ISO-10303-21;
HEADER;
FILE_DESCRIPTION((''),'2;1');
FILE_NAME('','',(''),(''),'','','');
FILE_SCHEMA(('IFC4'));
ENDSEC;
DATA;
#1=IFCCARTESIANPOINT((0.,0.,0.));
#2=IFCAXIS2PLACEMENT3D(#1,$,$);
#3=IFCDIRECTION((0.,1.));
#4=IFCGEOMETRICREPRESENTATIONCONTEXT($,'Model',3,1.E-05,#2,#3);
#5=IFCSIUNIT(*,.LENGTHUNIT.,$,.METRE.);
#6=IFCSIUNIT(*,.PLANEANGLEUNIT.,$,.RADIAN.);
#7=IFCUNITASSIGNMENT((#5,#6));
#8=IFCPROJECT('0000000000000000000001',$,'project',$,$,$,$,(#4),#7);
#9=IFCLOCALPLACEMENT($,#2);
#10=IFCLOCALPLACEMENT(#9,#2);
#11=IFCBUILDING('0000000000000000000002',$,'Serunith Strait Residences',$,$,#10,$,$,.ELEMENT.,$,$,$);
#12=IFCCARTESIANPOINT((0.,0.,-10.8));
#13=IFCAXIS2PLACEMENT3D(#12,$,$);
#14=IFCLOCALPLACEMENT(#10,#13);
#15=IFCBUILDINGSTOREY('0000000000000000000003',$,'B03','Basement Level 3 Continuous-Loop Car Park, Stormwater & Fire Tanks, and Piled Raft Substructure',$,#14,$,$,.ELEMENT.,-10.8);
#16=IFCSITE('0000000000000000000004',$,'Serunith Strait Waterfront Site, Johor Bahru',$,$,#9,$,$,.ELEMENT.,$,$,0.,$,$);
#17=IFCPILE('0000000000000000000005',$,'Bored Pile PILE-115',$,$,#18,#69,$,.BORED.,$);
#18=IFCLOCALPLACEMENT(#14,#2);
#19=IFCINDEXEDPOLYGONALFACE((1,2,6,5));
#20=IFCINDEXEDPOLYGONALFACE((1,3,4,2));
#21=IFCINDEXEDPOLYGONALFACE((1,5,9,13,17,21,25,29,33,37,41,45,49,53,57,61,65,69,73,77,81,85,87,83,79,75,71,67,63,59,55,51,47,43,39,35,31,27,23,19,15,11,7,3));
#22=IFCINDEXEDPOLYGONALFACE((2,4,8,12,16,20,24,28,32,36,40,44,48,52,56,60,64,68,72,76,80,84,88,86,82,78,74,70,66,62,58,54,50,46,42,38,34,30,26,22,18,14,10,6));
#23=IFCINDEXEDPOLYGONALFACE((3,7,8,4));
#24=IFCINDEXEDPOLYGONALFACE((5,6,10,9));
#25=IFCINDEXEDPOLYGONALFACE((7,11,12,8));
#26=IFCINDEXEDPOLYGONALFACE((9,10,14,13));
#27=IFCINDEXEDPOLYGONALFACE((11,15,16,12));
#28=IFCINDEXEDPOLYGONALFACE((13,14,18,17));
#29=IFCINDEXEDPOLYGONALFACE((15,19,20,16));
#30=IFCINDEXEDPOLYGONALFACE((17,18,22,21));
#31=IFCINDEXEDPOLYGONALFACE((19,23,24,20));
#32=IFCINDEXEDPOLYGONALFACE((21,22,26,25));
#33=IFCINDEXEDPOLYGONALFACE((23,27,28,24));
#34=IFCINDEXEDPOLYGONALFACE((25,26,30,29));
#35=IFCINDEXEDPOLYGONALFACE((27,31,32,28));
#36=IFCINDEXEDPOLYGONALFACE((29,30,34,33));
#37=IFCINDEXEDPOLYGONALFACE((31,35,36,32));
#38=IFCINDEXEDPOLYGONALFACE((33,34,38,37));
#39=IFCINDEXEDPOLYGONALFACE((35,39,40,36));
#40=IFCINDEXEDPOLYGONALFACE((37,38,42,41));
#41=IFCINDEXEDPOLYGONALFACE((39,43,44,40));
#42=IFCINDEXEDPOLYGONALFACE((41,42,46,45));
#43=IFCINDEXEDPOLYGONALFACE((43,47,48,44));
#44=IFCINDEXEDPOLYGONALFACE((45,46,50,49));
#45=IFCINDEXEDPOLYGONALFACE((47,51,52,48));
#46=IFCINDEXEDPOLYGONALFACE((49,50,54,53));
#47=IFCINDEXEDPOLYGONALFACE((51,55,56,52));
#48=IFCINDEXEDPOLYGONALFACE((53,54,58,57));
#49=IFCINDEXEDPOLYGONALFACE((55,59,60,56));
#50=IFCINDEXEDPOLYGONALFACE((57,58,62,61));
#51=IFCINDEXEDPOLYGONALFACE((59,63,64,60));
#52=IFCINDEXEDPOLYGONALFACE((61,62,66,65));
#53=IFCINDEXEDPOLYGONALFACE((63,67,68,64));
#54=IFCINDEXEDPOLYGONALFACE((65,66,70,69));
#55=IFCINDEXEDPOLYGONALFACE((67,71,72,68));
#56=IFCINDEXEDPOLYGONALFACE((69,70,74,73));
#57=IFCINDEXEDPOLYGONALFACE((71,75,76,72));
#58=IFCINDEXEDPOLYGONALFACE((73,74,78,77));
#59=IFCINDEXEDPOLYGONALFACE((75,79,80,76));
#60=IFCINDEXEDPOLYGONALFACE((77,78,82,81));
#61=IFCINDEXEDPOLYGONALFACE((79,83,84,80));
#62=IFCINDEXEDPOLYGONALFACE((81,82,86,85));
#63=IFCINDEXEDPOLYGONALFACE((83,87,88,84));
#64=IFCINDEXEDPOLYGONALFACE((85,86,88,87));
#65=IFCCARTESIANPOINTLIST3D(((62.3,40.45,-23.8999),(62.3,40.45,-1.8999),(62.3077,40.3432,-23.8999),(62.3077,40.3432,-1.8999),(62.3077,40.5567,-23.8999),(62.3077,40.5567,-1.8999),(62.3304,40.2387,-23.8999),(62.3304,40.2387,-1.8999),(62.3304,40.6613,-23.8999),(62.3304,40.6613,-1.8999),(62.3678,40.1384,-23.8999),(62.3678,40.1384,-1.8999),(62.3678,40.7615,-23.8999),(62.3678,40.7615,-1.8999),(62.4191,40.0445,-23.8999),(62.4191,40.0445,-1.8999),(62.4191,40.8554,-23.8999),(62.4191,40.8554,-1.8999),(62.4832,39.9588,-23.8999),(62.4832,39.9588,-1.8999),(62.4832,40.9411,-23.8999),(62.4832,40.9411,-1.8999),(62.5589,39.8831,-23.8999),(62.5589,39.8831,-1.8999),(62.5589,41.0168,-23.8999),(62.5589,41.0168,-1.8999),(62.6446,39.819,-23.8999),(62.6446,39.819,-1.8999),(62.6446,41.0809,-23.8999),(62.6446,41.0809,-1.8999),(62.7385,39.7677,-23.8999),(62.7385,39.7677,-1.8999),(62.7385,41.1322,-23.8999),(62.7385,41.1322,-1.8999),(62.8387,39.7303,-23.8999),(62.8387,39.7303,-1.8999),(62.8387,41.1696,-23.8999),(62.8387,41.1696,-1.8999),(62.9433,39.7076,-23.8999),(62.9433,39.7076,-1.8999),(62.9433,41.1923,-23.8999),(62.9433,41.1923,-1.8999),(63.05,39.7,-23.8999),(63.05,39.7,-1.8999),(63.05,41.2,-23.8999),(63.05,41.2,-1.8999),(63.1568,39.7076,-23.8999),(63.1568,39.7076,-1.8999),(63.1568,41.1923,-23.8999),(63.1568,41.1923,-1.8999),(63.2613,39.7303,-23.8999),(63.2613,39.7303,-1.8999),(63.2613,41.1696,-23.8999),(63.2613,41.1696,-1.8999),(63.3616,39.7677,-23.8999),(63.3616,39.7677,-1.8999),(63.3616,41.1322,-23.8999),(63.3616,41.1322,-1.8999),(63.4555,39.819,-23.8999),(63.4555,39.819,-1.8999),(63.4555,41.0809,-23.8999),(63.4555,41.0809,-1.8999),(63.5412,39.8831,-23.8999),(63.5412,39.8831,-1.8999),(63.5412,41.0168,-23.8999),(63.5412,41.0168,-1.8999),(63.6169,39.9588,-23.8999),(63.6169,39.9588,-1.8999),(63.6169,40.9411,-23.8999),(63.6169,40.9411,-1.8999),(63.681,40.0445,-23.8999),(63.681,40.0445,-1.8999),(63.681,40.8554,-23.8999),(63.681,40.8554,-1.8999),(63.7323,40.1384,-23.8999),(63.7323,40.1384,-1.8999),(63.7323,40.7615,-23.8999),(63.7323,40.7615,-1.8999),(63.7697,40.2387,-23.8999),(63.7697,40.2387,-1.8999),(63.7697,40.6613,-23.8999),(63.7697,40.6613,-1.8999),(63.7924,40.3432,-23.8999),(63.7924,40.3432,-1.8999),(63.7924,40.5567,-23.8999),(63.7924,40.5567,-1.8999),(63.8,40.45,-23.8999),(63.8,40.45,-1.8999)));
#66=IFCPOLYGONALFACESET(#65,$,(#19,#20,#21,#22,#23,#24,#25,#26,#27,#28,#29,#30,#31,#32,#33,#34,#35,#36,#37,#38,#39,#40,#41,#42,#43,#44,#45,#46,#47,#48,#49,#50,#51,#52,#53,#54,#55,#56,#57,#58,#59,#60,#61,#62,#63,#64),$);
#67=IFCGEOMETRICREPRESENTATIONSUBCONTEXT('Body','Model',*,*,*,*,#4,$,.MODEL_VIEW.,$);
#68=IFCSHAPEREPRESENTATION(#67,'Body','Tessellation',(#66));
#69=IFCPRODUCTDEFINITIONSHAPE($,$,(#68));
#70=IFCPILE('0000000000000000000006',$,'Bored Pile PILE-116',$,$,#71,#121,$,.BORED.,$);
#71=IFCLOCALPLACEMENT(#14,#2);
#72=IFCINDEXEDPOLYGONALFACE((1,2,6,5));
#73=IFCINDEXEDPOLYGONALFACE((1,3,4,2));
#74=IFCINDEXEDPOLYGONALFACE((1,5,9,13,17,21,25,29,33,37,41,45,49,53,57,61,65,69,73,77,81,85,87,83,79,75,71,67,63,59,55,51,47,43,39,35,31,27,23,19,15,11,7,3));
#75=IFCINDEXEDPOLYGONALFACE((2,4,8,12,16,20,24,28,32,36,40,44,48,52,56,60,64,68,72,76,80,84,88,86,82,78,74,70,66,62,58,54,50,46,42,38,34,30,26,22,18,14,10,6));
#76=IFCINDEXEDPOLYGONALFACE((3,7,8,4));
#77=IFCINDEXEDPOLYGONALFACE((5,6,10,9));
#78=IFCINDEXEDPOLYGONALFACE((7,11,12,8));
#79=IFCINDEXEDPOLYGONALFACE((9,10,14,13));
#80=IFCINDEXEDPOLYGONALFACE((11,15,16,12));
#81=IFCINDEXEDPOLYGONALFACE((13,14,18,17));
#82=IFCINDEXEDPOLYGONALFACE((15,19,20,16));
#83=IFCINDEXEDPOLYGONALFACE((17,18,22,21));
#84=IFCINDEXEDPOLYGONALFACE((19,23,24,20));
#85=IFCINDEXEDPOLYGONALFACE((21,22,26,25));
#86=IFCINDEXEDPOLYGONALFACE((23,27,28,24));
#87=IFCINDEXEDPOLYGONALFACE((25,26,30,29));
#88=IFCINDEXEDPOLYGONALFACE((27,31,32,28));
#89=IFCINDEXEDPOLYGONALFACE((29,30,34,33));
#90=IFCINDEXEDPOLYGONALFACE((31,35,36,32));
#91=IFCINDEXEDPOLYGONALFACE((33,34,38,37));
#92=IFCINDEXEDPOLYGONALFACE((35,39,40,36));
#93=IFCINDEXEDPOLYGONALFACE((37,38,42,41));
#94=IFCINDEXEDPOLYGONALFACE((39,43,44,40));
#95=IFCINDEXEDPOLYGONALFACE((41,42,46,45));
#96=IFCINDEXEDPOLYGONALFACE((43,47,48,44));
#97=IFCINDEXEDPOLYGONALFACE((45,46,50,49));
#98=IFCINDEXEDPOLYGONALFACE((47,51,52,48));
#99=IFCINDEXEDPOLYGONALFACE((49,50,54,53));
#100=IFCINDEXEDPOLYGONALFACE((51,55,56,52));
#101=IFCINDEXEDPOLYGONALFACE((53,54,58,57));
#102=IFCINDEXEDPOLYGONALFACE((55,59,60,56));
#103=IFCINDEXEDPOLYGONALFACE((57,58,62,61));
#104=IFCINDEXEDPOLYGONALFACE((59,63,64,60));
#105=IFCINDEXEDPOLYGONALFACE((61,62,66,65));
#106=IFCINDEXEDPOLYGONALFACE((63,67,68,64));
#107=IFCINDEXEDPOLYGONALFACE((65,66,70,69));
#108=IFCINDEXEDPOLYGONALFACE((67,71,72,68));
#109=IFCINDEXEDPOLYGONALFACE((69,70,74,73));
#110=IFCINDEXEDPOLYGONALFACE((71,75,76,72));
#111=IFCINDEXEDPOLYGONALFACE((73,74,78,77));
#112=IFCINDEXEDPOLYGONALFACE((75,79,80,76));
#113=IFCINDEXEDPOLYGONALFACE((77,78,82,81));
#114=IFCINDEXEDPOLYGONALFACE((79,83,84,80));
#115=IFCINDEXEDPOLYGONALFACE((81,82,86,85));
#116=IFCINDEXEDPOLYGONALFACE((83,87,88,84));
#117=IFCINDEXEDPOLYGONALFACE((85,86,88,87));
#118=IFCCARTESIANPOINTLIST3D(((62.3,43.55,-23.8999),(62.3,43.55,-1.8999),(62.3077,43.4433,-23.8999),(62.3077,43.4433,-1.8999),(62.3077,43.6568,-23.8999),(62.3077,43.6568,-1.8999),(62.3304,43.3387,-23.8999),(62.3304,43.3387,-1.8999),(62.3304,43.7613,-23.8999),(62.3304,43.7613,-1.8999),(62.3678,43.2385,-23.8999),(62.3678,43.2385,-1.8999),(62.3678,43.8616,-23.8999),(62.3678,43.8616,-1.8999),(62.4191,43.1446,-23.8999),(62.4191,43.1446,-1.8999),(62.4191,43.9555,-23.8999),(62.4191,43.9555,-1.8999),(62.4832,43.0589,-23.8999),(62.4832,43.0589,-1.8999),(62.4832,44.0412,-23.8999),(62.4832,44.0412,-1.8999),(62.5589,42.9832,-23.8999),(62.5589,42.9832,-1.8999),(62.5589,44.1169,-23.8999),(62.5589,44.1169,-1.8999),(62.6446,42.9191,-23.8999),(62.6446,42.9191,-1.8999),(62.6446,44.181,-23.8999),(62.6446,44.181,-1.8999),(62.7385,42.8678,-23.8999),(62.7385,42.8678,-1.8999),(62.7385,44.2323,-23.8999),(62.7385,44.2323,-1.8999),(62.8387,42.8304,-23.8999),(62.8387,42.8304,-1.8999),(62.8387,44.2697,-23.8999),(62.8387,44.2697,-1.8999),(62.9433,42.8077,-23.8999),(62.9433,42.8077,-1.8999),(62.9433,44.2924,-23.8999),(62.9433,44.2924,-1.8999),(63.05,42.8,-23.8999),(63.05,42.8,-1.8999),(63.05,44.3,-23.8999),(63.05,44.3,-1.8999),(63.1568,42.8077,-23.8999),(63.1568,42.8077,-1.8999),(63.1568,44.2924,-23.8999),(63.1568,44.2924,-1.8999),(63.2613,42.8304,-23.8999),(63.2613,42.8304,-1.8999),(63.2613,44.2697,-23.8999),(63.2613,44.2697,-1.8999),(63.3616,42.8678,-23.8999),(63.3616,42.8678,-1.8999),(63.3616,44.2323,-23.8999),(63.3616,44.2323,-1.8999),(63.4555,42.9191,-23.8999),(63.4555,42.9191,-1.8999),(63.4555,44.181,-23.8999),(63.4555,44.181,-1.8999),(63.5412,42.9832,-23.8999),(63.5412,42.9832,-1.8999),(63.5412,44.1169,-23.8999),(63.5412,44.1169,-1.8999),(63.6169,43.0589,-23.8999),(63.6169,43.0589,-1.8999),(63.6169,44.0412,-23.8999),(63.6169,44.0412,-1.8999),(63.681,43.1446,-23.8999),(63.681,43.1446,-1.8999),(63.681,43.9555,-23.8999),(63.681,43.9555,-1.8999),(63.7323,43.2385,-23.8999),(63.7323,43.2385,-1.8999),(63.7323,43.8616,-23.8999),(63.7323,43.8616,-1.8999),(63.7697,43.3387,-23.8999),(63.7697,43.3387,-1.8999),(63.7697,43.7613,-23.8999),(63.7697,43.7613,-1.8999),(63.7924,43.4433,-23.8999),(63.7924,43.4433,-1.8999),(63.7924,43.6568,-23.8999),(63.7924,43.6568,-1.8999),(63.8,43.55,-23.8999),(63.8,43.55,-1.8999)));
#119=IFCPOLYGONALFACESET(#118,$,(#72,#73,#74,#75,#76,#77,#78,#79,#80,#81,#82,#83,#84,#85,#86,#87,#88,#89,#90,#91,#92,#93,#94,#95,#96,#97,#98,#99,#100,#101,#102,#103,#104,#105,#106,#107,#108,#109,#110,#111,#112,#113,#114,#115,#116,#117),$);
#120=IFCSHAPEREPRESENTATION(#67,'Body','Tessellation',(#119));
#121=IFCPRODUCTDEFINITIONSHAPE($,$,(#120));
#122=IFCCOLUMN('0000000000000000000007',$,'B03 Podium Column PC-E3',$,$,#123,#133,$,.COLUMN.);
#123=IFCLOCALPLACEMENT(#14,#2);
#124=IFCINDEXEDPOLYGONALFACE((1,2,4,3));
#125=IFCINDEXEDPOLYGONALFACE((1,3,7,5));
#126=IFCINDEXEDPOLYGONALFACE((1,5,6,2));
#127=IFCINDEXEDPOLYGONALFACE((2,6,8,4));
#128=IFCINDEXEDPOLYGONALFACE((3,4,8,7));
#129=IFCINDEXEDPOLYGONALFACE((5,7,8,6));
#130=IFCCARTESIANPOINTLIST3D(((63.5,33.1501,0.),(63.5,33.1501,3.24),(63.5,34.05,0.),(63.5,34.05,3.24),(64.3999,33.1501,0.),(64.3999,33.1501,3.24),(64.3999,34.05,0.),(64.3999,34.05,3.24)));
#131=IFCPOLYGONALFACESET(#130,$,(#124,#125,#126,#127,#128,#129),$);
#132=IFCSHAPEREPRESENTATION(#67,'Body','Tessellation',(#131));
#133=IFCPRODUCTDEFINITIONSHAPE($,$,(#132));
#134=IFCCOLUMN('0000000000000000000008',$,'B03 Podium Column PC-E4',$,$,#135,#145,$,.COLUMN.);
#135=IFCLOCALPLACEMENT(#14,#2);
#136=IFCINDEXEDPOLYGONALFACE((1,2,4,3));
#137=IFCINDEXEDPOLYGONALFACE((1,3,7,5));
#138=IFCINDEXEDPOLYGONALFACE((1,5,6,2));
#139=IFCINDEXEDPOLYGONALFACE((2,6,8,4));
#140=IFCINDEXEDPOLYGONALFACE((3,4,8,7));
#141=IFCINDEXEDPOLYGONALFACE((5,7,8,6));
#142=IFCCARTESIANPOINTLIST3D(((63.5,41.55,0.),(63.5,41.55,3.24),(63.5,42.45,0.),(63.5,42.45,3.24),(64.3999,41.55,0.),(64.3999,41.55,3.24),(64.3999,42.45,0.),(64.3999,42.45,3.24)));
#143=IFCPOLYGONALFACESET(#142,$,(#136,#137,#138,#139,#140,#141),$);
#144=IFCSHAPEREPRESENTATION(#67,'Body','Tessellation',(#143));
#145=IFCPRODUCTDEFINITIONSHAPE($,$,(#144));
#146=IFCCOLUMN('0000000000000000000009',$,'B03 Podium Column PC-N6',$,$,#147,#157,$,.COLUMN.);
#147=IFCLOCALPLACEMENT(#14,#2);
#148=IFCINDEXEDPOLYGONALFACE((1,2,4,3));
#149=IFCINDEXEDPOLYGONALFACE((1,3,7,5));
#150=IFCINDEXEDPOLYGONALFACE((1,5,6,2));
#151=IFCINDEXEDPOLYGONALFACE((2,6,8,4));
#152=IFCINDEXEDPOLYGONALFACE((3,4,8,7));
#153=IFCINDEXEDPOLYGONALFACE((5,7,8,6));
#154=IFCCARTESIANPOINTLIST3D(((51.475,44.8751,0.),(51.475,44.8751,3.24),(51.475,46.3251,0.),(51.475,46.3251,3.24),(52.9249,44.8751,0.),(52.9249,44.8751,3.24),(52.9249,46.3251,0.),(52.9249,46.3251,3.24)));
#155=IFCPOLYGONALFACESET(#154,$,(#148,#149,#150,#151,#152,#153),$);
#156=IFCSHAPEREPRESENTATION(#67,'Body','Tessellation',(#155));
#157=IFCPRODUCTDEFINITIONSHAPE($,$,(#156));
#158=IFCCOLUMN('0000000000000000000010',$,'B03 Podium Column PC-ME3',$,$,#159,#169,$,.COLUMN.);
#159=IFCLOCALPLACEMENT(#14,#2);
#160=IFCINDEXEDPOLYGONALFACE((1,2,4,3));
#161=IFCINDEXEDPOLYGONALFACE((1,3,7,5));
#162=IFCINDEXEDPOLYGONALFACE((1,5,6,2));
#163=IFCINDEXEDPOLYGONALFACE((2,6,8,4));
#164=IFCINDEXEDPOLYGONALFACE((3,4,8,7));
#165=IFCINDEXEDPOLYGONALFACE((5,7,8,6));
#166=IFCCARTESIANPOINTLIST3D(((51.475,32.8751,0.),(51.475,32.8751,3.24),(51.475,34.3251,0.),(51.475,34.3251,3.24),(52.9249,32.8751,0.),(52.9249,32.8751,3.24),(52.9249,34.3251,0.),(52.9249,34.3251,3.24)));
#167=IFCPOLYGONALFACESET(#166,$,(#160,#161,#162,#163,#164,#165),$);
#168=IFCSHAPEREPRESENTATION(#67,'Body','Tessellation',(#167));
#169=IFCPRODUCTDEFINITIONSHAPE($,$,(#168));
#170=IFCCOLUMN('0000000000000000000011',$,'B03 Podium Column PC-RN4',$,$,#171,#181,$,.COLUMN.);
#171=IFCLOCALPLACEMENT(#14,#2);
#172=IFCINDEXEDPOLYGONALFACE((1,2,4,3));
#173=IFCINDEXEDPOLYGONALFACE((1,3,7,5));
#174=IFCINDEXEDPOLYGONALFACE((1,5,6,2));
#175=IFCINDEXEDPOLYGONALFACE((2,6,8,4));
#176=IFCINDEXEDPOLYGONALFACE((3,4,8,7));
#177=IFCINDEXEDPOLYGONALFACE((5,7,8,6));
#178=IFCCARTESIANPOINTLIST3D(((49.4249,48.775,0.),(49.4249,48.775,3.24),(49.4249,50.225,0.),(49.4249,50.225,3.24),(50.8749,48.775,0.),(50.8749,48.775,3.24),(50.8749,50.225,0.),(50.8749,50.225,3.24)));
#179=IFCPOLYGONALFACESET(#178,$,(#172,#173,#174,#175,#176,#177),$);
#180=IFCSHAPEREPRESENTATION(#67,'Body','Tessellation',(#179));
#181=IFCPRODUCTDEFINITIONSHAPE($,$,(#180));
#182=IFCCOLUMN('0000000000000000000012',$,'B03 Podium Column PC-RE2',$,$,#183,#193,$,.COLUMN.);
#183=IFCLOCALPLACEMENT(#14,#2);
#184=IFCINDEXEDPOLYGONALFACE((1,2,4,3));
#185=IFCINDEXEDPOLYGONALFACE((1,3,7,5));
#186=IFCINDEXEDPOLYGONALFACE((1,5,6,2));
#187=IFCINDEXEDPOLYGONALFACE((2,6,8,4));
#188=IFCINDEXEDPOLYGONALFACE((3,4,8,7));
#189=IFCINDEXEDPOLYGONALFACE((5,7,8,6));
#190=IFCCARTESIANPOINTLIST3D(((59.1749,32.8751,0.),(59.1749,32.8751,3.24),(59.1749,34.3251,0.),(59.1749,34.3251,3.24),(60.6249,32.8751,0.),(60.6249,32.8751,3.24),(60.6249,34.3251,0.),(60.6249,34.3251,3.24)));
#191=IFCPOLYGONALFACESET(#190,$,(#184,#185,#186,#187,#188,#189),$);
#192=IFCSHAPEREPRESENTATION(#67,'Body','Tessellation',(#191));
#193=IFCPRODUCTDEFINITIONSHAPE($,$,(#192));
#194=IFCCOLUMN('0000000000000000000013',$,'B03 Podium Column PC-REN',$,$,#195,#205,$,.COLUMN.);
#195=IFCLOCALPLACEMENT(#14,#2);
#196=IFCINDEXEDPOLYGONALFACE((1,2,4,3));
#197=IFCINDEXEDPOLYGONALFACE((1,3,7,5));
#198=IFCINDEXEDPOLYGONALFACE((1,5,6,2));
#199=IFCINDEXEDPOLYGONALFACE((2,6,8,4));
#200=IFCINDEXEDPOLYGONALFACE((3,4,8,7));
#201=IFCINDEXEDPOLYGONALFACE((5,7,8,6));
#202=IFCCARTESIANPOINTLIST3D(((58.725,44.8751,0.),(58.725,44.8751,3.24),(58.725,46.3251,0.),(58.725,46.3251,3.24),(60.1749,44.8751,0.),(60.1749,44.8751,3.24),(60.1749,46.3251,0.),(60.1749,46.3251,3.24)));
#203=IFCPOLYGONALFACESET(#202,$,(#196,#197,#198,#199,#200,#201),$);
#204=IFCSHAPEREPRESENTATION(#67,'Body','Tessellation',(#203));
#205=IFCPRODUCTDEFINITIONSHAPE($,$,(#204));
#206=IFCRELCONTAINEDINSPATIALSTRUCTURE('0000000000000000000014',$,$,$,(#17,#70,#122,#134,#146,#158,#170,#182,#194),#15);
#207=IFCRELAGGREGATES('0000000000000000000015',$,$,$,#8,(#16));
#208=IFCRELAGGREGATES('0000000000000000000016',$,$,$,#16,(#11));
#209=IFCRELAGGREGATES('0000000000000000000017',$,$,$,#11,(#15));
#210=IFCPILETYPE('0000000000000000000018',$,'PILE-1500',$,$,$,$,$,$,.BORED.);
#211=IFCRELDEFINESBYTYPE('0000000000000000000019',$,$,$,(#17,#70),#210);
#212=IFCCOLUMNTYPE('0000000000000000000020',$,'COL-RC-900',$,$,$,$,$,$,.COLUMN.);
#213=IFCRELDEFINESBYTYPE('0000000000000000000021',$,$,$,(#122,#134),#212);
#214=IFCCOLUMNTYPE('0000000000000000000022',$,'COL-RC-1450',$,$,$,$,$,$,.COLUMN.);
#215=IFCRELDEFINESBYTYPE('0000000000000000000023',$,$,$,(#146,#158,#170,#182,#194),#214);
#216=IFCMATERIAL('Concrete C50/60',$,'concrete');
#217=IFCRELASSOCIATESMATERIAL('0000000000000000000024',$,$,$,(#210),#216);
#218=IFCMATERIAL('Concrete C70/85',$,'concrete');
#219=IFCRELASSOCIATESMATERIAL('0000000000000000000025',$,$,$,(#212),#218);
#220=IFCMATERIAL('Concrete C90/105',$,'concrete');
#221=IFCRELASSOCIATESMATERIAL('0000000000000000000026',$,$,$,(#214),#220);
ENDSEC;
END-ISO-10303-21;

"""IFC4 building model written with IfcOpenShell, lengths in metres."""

from ifc_helpers import new_model, si_unit, direction, frame, origin, origin_2d, place, context, subcontext, project, spatial, rectangle, circle, extrude, source, transform, mapped, material, material_profile, profile_set, type_object, element, save


model = new_model("IFC4")

# Units and contexts
model_context = context("Model", 3, precision=1e-05, world=origin(), true_north=direction((0.0, 1.0)))
body_context = subcontext(model_context, "Body", "Model", "MODEL_VIEW")
ifc_project = project(units=[si_unit("LENGTHUNIT", "METRE"), si_unit("PLANEANGLEUNIT", "RADIAN")], contexts=[model_context])

# Site, building, storey
site_placement = place(None, origin())
site = spatial("IfcSite", under=ifc_project, at=site_placement, Name="Serunith Strait Waterfront Site, Johor Bahru", CompositionType="ELEMENT", RefElevation=0.0)
building_placement = place(site_placement, origin())
building = spatial("IfcBuilding", under=site, at=building_placement, Name="Serunith Strait Residences", CompositionType="ELEMENT")
storey_placement = place(building_placement, frame((0.0, 0.0, -10.8)))
storey = spatial("IfcBuildingStorey", under=building, at=storey_placement, Name="B03", Description="Basement Level 3 Continuous-Loop Car Park, Stormwater & Fire Tanks, and Piled Raft Substructure", CompositionType="ELEMENT", Elevation=-10.8)

# Shared definitions
ifc_material_1 = material(Name="Concrete C50/60", Category="concrete")

# Piles
ifc_material_profile_1 = material_profile(ifc_material_1, circle(Radius=0.75, at=origin_2d()), Name="PILE D1500")
ifc_profile_set_1 = profile_set([ifc_material_profile_1], Name="Concrete C50/60")
pile_type_1 = type_object("IfcPileType", Name="PILE-1500", PredefinedType="BORED", material=ifc_profile_set_1)
shared_shape_1 = source(origin(), body_context, "Body", "SweptSolid", [
    extrude(circle(Radius=0.75, at=origin_2d()), origin(), (0.0, 0.0, 1.0), 22.0),
])
for number, where, z_axis, x_axis, name in (
    (1, (63.05, 40.45, -1.8999), (0.0, 0.0, -1.0), (1.0, 0.0, 0.0), "Bored Pile PILE-115"),
    (2, (63.05, 43.55, -1.8999), (0.0, 0.0, -1.0), (1.0, 0.0, 0.0), "Bored Pile PILE-116"),
):
    element("IfcPile", number, at=place(storey_placement, frame(where, z_axis=z_axis, x_axis=x_axis)), inside=storey, type_object=pile_type_1, Name=name, PredefinedType="BORED", context=body_context, shape_type="MappedRepresentation", body=[
        mapped(shared_shape_1, transform((0.0, 0.0, 0.0), scale=1.0)),
    ])

# Columns
ifc_material_2 = material(Name="Concrete C70/85", Category="concrete")
ifc_material_profile_2 = material_profile(ifc_material_2, rectangle(XDim=0.8999, YDim=0.8999, at=origin_2d()), Name="RC 900x900")
ifc_profile_set_2 = profile_set([ifc_material_profile_2], Name="Concrete C70/85")
column_type_1 = type_object("IfcColumnType", Name="COL-RC-900", PredefinedType="COLUMN", material=ifc_profile_set_2)
shared_shape_2 = source(origin(), body_context, "Body", "SweptSolid", [
    extrude(rectangle(XDim=0.8999, YDim=0.8999, at=origin_2d()), origin(), (0.0, 0.0, 1.0), 3.24),
])
for number, where, z_axis, x_axis, name in (
    (3, (63.95, 33.6001, 0.0), (0.0, 0.0, 1.0), (1.0, 0.0, 0.0), "B03 Podium Column PC-E3"),
    (4, (63.95, 42.0, 0.0), (0.0, 0.0, 1.0), (1.0, 0.0, 0.0), "B03 Podium Column PC-E4"),
):
    element("IfcColumn", number, at=place(storey_placement, frame(where, z_axis=z_axis, x_axis=x_axis)), inside=storey, type_object=column_type_1, Name=name, PredefinedType="COLUMN", context=body_context, shape_type="MappedRepresentation", body=[
        mapped(shared_shape_2, transform((0.0, 0.0, 0.0), scale=1.0)),
    ])
ifc_material_3 = material(Name="Concrete C90/105", Category="concrete")
ifc_material_profile_3 = material_profile(ifc_material_3, rectangle(XDim=1.45, YDim=1.45, at=origin_2d()), Name="RC 1450x1450")
ifc_profile_set_3 = profile_set([ifc_material_profile_3], Name="Concrete C90/105")
column_type_2 = type_object("IfcColumnType", Name="COL-RC-1450", PredefinedType="COLUMN", material=ifc_profile_set_3)
shared_shape_3 = source(origin(), body_context, "Body", "SweptSolid", [
    extrude(rectangle(XDim=1.45, YDim=1.45, at=origin_2d()), origin(), (0.0, 0.0, 1.0), 3.24),
])
for number, where, z_axis, x_axis, name in (
    (5, (52.2, 45.6001, 0.0), (0.0, 0.0, 1.0), (1.0, 0.0, 0.0), "B03 Podium Column PC-N6"),
    (6, (52.2, 33.6001, 0.0), (0.0, 0.0, 1.0), (1.0, 0.0, 0.0), "B03 Podium Column PC-ME3"),
    (7, (50.1499, 49.5, 0.0), (0.0, 0.0, 1.0), (1.0, 0.0, 0.0), "B03 Podium Column PC-RN4"),
    (8, (59.8999, 33.6001, 0.0), (0.0, 0.0, 1.0), (1.0, 0.0, 0.0), "B03 Podium Column PC-RE2"),
    (9, (59.45, 45.6001, 0.0), (0.0, 0.0, 1.0), (1.0, 0.0, 0.0), "B03 Podium Column PC-REN"),
):
    element("IfcColumn", number, at=place(storey_placement, frame(where, z_axis=z_axis, x_axis=x_axis)), inside=storey, type_object=column_type_2, Name=name, PredefinedType="COLUMN", context=body_context, shape_type="MappedRepresentation", body=[
        mapped(shared_shape_3, transform((0.0, 0.0, 0.0), scale=1.0)),
    ])

save(model, "model.ifc")
